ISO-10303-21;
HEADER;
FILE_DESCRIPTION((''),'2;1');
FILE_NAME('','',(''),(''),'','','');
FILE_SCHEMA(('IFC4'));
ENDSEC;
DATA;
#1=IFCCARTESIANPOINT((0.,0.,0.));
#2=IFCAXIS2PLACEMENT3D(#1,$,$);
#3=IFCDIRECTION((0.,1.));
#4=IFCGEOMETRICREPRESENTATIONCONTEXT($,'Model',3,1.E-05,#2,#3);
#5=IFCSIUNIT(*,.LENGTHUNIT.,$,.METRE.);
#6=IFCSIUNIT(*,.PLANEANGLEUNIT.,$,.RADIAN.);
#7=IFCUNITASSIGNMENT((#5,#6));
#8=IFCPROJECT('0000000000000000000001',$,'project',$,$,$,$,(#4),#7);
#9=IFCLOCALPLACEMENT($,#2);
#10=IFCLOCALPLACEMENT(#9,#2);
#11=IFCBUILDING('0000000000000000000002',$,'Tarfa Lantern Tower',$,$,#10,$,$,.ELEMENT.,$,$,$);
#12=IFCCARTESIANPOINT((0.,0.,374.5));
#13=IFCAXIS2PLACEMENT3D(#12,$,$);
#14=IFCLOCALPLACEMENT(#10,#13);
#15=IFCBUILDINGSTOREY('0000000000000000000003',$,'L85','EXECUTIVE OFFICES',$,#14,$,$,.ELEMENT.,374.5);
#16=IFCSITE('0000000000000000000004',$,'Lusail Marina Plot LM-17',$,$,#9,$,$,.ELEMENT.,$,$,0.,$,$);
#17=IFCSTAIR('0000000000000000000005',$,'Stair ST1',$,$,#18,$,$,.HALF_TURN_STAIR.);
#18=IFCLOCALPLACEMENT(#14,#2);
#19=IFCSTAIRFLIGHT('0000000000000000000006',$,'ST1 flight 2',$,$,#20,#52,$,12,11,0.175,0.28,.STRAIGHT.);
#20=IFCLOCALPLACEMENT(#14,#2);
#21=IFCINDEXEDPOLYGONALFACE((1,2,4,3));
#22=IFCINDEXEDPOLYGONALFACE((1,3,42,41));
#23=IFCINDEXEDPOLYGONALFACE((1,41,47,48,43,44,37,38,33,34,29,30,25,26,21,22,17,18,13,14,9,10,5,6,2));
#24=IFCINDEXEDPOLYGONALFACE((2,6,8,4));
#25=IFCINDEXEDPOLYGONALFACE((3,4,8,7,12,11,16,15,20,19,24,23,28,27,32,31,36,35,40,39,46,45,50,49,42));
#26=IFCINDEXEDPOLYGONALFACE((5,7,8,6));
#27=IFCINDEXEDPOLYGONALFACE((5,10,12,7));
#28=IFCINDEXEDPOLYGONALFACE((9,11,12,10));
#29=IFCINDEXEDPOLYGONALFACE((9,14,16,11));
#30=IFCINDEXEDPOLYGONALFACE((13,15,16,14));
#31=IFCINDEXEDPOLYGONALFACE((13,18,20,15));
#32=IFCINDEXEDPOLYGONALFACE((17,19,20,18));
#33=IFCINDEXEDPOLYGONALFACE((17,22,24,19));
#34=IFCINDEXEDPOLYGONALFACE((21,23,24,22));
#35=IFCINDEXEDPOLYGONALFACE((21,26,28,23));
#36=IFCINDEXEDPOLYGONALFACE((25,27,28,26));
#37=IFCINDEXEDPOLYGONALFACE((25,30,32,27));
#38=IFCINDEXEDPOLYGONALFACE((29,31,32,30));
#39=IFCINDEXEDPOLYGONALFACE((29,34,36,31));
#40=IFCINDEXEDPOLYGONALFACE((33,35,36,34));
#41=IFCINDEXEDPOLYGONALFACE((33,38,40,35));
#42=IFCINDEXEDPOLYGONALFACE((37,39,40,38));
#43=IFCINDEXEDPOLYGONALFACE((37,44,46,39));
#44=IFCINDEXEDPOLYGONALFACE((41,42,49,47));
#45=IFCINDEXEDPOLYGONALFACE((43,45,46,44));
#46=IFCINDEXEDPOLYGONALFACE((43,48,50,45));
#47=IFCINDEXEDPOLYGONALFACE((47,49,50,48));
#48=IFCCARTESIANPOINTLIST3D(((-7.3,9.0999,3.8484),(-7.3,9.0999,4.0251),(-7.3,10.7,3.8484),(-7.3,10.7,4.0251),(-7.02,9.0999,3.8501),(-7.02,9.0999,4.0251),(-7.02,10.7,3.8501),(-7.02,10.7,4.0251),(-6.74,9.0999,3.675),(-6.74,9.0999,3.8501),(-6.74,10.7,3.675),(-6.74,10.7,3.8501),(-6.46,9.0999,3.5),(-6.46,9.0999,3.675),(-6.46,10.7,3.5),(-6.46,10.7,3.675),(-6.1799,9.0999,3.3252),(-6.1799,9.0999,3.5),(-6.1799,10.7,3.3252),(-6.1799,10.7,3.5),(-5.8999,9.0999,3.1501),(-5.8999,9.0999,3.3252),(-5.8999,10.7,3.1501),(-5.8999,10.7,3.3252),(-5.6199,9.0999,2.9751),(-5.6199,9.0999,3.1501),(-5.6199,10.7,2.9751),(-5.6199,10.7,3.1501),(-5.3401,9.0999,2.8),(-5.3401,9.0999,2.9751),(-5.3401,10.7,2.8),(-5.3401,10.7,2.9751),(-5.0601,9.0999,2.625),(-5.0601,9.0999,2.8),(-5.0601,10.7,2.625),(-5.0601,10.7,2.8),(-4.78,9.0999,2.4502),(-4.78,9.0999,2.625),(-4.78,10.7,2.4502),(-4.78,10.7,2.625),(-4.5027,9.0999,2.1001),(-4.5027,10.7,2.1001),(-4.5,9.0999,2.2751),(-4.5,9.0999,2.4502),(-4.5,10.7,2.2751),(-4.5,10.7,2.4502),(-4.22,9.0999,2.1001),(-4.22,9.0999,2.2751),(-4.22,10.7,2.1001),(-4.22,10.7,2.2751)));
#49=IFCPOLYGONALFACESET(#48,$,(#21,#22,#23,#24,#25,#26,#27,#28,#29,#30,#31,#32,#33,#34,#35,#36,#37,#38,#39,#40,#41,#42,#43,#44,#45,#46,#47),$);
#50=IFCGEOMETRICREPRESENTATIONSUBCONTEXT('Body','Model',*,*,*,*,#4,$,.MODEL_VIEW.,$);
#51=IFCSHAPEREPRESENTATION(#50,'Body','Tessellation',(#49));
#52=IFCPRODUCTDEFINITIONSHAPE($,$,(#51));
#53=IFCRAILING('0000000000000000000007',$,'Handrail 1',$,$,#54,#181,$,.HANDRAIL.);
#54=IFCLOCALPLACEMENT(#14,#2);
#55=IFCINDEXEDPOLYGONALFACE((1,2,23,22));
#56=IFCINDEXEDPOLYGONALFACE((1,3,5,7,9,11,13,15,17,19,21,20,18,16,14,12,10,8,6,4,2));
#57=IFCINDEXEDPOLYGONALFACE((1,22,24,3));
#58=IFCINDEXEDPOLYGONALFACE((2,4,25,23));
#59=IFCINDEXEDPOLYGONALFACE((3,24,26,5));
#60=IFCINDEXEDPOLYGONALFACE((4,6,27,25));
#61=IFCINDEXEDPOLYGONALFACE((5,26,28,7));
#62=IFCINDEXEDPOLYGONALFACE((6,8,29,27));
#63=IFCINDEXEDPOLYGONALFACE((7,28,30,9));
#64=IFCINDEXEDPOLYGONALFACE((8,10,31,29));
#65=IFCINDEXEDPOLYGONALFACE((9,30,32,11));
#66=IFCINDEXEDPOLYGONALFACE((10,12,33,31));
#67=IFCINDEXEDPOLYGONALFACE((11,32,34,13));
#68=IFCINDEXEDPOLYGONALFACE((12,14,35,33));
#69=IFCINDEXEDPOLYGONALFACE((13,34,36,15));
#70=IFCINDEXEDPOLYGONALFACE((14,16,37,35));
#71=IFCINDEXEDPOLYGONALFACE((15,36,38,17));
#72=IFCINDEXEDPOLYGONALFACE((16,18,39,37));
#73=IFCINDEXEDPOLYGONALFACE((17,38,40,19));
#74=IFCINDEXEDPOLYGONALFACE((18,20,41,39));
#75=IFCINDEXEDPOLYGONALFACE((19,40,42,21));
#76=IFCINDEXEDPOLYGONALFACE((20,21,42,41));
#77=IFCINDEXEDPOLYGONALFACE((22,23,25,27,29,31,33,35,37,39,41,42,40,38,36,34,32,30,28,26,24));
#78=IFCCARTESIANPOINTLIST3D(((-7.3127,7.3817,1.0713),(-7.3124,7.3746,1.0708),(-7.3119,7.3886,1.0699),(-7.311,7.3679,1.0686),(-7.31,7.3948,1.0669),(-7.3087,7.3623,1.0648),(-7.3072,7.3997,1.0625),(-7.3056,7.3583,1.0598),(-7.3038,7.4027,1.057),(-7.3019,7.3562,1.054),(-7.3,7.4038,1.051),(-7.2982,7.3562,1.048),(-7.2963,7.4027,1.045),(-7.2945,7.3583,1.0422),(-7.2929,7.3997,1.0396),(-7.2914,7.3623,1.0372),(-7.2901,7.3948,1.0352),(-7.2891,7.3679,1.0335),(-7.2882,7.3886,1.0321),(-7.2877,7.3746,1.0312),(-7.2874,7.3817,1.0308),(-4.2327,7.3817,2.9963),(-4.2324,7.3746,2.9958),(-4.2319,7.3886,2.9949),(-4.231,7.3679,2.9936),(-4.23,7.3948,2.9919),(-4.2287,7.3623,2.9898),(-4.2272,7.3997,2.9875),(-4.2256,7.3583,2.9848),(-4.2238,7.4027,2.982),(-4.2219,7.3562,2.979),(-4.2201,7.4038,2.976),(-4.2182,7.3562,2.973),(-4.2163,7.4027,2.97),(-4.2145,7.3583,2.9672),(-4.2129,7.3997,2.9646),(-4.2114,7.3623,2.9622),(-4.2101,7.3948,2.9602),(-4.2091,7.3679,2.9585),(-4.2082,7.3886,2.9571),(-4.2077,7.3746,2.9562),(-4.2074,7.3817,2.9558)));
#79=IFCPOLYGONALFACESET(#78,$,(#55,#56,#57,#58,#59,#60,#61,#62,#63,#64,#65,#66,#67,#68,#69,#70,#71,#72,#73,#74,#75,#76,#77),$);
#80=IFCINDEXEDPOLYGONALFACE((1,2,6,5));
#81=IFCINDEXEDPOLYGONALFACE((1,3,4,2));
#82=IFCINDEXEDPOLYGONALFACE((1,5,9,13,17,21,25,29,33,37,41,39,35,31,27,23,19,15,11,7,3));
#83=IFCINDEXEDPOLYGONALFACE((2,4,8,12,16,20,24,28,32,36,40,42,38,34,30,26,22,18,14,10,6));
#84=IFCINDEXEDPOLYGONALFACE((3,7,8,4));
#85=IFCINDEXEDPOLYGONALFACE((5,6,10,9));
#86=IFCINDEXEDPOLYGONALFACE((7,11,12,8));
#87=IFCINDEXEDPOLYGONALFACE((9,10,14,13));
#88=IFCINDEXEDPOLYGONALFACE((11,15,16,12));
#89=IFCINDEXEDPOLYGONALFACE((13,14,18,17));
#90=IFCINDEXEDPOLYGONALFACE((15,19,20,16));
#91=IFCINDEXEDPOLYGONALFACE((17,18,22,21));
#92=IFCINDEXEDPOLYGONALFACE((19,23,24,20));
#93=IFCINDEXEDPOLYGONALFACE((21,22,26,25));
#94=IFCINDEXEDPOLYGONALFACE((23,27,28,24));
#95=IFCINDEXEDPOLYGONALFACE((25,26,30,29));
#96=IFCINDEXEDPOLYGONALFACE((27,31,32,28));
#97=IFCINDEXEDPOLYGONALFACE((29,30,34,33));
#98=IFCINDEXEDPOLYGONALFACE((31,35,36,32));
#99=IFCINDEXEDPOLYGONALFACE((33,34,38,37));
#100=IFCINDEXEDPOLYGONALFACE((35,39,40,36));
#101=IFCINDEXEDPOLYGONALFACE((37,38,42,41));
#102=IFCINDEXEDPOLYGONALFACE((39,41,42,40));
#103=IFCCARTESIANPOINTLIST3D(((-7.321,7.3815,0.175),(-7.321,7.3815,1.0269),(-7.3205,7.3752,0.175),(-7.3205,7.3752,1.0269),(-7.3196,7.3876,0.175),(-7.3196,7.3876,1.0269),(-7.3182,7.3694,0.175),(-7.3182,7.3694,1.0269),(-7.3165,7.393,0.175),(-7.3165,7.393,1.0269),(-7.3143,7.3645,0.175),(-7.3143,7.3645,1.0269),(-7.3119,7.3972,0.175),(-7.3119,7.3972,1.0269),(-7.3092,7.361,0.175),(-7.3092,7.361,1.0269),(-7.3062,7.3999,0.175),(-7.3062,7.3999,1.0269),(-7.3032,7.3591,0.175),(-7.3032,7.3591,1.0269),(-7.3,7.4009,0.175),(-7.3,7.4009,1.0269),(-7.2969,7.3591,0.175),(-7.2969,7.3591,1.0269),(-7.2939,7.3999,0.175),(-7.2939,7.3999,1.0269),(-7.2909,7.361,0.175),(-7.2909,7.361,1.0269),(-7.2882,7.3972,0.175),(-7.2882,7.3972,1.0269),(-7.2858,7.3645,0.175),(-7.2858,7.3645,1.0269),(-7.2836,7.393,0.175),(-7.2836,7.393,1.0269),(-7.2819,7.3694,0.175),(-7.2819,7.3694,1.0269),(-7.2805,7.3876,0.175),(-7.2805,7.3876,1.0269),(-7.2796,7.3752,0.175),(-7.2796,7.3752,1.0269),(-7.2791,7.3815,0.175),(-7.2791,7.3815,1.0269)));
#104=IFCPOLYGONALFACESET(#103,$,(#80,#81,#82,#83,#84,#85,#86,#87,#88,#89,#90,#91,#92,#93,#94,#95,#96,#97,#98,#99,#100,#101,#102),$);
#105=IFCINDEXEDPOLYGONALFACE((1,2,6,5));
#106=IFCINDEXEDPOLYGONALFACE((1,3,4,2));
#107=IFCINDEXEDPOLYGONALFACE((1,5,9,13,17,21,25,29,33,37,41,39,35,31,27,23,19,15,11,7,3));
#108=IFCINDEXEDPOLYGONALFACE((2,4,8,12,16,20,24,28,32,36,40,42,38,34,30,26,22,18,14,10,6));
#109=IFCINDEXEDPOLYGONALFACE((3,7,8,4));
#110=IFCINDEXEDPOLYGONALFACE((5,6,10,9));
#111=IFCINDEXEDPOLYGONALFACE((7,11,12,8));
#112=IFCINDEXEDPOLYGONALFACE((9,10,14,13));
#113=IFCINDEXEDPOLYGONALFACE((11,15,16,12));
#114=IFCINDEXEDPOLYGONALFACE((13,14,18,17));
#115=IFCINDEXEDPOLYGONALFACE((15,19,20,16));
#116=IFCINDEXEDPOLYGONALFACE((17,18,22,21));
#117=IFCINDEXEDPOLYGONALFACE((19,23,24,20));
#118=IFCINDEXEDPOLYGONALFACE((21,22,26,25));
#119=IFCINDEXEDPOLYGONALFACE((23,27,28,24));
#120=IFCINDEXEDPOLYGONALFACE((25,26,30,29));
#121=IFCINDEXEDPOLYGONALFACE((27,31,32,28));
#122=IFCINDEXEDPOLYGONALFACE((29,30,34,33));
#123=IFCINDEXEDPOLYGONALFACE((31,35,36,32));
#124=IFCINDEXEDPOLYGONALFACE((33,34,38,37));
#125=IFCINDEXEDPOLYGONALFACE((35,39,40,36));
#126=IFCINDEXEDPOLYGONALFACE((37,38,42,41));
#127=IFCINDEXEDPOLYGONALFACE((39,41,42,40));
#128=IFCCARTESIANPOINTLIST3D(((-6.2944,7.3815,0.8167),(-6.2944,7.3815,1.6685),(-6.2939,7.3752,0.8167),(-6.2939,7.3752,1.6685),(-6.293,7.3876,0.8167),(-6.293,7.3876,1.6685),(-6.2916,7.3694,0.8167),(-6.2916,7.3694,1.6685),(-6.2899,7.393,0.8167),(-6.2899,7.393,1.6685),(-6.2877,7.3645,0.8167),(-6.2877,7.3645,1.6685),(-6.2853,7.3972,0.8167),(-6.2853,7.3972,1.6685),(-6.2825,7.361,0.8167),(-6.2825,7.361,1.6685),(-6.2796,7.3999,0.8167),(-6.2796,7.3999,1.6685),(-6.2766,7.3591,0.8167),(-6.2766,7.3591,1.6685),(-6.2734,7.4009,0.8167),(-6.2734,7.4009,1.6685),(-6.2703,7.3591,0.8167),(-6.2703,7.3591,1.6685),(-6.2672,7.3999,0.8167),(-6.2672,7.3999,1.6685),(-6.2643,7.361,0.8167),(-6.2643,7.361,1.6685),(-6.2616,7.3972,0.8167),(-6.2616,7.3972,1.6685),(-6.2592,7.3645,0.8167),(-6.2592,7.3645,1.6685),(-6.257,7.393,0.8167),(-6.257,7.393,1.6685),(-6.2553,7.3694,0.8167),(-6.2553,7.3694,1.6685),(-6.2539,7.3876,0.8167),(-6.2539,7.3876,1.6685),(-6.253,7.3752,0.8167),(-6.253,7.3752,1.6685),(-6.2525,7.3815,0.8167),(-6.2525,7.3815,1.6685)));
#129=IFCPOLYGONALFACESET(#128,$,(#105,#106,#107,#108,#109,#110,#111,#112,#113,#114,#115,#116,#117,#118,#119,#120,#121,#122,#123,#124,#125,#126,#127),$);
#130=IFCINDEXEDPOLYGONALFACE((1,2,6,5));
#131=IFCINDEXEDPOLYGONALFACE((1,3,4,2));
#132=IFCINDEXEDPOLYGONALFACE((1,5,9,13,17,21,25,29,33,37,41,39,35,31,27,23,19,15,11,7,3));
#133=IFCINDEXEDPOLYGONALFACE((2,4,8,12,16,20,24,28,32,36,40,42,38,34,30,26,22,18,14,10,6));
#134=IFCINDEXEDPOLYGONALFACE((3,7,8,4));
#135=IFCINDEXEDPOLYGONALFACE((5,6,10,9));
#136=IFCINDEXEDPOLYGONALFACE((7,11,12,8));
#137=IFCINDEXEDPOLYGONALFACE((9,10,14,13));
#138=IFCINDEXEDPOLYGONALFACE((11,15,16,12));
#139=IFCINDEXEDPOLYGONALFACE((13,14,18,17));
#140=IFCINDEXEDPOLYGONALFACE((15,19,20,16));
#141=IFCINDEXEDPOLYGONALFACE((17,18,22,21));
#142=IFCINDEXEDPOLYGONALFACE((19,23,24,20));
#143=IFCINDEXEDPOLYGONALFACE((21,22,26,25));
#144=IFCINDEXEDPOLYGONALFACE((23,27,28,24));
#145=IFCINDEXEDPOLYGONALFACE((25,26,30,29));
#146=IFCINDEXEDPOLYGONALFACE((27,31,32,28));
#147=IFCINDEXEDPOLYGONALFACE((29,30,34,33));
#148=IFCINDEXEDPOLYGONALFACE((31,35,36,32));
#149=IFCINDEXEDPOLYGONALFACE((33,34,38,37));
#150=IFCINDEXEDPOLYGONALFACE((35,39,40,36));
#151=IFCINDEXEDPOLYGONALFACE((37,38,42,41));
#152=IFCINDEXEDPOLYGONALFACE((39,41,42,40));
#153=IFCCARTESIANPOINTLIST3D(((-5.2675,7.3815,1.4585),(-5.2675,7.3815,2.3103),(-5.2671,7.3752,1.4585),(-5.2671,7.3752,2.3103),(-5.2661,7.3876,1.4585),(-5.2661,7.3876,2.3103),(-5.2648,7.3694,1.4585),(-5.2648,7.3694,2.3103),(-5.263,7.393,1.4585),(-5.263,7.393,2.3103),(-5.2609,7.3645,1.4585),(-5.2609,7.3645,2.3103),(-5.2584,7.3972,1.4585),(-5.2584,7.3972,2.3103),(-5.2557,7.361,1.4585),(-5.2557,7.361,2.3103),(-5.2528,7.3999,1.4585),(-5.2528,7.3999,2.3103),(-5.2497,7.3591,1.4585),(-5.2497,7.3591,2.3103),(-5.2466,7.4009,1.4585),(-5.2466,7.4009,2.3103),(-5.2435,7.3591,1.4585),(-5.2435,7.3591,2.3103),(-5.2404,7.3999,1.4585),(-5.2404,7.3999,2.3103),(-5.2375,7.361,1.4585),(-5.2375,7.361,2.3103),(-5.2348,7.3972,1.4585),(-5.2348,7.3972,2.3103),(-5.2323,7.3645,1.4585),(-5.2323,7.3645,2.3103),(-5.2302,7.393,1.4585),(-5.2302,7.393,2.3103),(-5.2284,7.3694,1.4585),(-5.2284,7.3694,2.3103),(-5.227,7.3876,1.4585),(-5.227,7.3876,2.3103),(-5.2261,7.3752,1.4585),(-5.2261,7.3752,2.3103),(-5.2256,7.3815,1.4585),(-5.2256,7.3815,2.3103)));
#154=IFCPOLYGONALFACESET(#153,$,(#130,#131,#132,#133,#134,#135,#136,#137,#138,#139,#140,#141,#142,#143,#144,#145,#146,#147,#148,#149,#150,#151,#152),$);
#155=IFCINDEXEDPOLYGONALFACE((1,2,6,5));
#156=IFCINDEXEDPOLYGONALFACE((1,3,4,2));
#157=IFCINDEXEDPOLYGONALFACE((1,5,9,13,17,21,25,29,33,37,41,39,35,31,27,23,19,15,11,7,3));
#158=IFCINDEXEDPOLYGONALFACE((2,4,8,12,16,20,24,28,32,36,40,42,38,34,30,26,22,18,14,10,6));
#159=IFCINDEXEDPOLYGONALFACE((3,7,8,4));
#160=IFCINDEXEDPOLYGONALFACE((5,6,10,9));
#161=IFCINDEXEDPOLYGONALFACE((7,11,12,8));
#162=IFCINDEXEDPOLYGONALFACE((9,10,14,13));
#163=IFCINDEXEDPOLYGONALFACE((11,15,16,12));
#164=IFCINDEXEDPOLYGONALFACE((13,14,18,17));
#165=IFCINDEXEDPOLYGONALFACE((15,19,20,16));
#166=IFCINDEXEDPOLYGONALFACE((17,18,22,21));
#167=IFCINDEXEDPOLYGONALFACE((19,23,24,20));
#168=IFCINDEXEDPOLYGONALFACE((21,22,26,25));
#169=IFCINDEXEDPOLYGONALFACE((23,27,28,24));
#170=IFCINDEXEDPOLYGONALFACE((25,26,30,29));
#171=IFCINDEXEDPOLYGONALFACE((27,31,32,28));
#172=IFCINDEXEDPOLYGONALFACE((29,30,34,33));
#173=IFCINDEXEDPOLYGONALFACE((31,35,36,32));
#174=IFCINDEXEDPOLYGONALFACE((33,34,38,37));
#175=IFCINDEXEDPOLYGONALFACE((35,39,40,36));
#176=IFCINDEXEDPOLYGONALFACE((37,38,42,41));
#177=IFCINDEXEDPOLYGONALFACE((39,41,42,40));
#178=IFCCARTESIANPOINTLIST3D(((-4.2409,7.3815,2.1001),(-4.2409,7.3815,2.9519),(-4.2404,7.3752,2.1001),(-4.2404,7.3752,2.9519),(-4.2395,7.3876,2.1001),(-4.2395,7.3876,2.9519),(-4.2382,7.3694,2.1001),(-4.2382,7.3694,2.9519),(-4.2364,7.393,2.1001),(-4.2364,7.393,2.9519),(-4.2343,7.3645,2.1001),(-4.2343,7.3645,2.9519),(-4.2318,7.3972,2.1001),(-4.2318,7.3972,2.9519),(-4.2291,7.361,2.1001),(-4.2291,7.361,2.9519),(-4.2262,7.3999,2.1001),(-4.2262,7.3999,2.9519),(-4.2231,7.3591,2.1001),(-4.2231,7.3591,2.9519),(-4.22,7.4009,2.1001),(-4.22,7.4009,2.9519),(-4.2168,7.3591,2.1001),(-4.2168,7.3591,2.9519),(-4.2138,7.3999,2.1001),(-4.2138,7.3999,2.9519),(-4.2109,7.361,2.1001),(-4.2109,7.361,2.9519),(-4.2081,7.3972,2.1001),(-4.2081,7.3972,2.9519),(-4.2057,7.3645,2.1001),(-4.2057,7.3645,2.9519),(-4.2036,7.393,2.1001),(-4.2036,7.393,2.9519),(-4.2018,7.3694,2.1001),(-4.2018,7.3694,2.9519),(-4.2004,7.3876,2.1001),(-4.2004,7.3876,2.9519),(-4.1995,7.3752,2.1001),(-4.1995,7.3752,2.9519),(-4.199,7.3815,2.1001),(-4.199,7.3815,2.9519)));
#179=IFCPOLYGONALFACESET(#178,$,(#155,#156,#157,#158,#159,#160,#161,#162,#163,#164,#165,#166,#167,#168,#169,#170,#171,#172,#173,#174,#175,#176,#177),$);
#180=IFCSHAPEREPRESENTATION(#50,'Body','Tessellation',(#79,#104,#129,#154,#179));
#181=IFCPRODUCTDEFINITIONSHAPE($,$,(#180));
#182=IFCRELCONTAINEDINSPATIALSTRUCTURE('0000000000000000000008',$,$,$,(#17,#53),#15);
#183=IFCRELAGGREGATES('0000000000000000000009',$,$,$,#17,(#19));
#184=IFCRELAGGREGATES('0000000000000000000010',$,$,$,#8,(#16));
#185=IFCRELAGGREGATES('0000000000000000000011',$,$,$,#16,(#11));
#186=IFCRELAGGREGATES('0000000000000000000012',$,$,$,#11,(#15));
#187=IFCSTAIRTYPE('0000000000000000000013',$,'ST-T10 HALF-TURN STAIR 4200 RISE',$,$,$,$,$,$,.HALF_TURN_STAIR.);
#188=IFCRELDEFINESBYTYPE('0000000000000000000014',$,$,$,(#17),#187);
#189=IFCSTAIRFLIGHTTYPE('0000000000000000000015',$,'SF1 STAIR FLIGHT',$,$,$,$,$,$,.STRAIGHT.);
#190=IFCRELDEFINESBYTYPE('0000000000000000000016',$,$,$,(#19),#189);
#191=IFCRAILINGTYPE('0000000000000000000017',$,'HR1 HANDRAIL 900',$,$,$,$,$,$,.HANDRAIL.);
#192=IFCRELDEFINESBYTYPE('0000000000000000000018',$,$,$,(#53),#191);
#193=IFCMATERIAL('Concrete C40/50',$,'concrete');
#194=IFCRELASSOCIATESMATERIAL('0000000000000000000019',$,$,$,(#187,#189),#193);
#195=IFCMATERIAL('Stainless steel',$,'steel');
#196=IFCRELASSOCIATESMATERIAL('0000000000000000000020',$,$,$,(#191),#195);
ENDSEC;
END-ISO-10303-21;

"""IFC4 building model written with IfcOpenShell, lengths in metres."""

from ifc_helpers import new_model, si_unit, direction, frame, origin, origin_2d, place, context, subcontext, project, spatial, polyline, circle, outline, extrude, material, type_object, element, aggregate, save


model = new_model("IFC4")

# Units and contexts
model_context = context("Model", 3, precision=1e-05, world=origin(), true_north=direction((0.0, 1.0)))
body_context = subcontext(model_context, "Body", "Model", "MODEL_VIEW")
ifc_project = project(units=[si_unit("LENGTHUNIT", "METRE"), si_unit("PLANEANGLEUNIT", "RADIAN")], contexts=[model_context])

# Site, building, storey
site_placement = place(None, origin())
site = spatial("IfcSite", under=ifc_project, at=site_placement, Name="Lusail Marina Plot LM-17", CompositionType="ELEMENT", RefElevation=0.0)
building_placement = place(site_placement, origin())
building = spatial("IfcBuilding", under=site, at=building_placement, Name="Tarfa Lantern Tower", CompositionType="ELEMENT")
storey_placement = place(building_placement, frame((0.0, 0.0, 374.5)))
storey = spatial("IfcBuildingStorey", under=building, at=storey_placement, Name="L85", Description="EXECUTIVE OFFICES", CompositionType="ELEMENT", Elevation=374.5)

# Stair, stair flight
ifc_material_1 = material(Name="Concrete C40/50", Category="concrete")
stair_type = type_object("IfcStairType", Name="ST-T10 HALF-TURN STAIR 4200 RISE", PredefinedType="HALF_TURN_STAIR", material=ifc_material_1)
stair_placement = place(storey_placement, origin())
stair = element("IfcStair", 1, at=stair_placement, inside=storey, type_object=stair_type, Name="Stair ST1", PredefinedType="HALF_TURN_STAIR")
stair_flight_type = type_object("IfcStairFlightType", Name="SF1 STAIR FLIGHT", PredefinedType="STRAIGHT", material=ifc_material_1)
stair_flight_1_placement = place(storey_placement, frame((-4.22, 9.8999, 2.1001), z_axis=(0.0, 0.0, 1.0), x_axis=(-1.0, 0.0, 0.0)))
stair_flight_1 = element("IfcStairFlight", 2, at=stair_flight_1_placement, type_object=stair_flight_type, Name="ST1 flight 2", NumberOfRisers=12, NumberOfTreads=11, PredefinedType="STRAIGHT", RiserHeight=0.175, TreadLength=0.28, context=body_context, shape_type="SweptSolid", body=[
    extrude(outline(polyline([(0.0, 0.0), (0.0, 0.175), (0.28, 0.175), (0.28, 0.3501), (0.5601, 0.3501), (0.5601, 0.5249), (0.8401, 0.5249), (0.8401, 0.7), (1.1201, 0.7), (1.1201, 0.875), (1.3999, 0.875), (1.3999, 1.05), (1.6799, 1.05), (1.6799, 1.2251), (1.96, 1.2251), (1.96, 1.3999), (2.24, 1.3999), (2.24, 1.575), (2.52, 1.575), (2.52, 1.75), (2.8, 1.75), (2.8, 1.925), (3.0801, 1.925), (3.0801, 2.1001), (3.0801, 1.7483), (0.2827, 0.0), (0.0, 0.0)])), frame((0.0, 0.8, 0.0), z_axis=(0.0, -1.0, 0.0), x_axis=(1.0, 0.0, 0.0)), (0.0, 0.0, 1.0), 1.6001),
])
aggregate(stair, [stair_flight_1])

# Railing
ifc_material_2 = material(Name="Stainless steel", Category="steel")
railing_type = type_object("IfcRailingType", Name="HR1 HANDRAIL 900", PredefinedType="HANDRAIL", material=ifc_material_2)
railing_1_placement = place(storey_placement, frame((-7.3, 7.3799, 0.175)))
element("IfcRailing", 3, at=railing_1_placement, inside=storey, type_object=railing_type, Name="Handrail 1", PredefinedType="HANDRAIL", context=body_context, shape_type="SweptSolid", body=[
    extrude(circle(Radius=0.0239, at=origin_2d()), frame((0.0, 0.0, 0.876), z_axis=(0.847998, 0.0, 0.529999), x_axis=(0.0, 1.0, 0.0)), (0.0, 0.0, 1.0), 3.6321),
    extrude(circle(Radius=0.021, at=origin_2d()), frame((0.0, 0.0, 0.0), z_axis=(0.0, 0.0, 1.0), x_axis=(0.0, 1.0, 0.0)), (0.0, 0.0, 1.0), 0.8518),
    extrude(circle(Radius=0.021, at=origin_2d()), frame((1.0266, 0.0, 0.6416), z_axis=(0.0, 0.0, 1.0), x_axis=(0.0, 1.0, 0.0)), (0.0, 0.0, 1.0), 0.8518),
    extrude(circle(Radius=0.021, at=origin_2d()), frame((2.0535, 0.0, 1.2834), z_axis=(0.0, 0.0, 1.0), x_axis=(0.0, 1.0, 0.0)), (0.0, 0.0, 1.0), 0.8518),
    extrude(circle(Radius=0.021, at=origin_2d()), frame((3.0801, 0.0, 1.925), z_axis=(0.0, 0.0, 1.0), x_axis=(0.0, 1.0, 0.0)), (0.0, 0.0, 1.0), 0.8518),
])

save(model, "model.ifc")
